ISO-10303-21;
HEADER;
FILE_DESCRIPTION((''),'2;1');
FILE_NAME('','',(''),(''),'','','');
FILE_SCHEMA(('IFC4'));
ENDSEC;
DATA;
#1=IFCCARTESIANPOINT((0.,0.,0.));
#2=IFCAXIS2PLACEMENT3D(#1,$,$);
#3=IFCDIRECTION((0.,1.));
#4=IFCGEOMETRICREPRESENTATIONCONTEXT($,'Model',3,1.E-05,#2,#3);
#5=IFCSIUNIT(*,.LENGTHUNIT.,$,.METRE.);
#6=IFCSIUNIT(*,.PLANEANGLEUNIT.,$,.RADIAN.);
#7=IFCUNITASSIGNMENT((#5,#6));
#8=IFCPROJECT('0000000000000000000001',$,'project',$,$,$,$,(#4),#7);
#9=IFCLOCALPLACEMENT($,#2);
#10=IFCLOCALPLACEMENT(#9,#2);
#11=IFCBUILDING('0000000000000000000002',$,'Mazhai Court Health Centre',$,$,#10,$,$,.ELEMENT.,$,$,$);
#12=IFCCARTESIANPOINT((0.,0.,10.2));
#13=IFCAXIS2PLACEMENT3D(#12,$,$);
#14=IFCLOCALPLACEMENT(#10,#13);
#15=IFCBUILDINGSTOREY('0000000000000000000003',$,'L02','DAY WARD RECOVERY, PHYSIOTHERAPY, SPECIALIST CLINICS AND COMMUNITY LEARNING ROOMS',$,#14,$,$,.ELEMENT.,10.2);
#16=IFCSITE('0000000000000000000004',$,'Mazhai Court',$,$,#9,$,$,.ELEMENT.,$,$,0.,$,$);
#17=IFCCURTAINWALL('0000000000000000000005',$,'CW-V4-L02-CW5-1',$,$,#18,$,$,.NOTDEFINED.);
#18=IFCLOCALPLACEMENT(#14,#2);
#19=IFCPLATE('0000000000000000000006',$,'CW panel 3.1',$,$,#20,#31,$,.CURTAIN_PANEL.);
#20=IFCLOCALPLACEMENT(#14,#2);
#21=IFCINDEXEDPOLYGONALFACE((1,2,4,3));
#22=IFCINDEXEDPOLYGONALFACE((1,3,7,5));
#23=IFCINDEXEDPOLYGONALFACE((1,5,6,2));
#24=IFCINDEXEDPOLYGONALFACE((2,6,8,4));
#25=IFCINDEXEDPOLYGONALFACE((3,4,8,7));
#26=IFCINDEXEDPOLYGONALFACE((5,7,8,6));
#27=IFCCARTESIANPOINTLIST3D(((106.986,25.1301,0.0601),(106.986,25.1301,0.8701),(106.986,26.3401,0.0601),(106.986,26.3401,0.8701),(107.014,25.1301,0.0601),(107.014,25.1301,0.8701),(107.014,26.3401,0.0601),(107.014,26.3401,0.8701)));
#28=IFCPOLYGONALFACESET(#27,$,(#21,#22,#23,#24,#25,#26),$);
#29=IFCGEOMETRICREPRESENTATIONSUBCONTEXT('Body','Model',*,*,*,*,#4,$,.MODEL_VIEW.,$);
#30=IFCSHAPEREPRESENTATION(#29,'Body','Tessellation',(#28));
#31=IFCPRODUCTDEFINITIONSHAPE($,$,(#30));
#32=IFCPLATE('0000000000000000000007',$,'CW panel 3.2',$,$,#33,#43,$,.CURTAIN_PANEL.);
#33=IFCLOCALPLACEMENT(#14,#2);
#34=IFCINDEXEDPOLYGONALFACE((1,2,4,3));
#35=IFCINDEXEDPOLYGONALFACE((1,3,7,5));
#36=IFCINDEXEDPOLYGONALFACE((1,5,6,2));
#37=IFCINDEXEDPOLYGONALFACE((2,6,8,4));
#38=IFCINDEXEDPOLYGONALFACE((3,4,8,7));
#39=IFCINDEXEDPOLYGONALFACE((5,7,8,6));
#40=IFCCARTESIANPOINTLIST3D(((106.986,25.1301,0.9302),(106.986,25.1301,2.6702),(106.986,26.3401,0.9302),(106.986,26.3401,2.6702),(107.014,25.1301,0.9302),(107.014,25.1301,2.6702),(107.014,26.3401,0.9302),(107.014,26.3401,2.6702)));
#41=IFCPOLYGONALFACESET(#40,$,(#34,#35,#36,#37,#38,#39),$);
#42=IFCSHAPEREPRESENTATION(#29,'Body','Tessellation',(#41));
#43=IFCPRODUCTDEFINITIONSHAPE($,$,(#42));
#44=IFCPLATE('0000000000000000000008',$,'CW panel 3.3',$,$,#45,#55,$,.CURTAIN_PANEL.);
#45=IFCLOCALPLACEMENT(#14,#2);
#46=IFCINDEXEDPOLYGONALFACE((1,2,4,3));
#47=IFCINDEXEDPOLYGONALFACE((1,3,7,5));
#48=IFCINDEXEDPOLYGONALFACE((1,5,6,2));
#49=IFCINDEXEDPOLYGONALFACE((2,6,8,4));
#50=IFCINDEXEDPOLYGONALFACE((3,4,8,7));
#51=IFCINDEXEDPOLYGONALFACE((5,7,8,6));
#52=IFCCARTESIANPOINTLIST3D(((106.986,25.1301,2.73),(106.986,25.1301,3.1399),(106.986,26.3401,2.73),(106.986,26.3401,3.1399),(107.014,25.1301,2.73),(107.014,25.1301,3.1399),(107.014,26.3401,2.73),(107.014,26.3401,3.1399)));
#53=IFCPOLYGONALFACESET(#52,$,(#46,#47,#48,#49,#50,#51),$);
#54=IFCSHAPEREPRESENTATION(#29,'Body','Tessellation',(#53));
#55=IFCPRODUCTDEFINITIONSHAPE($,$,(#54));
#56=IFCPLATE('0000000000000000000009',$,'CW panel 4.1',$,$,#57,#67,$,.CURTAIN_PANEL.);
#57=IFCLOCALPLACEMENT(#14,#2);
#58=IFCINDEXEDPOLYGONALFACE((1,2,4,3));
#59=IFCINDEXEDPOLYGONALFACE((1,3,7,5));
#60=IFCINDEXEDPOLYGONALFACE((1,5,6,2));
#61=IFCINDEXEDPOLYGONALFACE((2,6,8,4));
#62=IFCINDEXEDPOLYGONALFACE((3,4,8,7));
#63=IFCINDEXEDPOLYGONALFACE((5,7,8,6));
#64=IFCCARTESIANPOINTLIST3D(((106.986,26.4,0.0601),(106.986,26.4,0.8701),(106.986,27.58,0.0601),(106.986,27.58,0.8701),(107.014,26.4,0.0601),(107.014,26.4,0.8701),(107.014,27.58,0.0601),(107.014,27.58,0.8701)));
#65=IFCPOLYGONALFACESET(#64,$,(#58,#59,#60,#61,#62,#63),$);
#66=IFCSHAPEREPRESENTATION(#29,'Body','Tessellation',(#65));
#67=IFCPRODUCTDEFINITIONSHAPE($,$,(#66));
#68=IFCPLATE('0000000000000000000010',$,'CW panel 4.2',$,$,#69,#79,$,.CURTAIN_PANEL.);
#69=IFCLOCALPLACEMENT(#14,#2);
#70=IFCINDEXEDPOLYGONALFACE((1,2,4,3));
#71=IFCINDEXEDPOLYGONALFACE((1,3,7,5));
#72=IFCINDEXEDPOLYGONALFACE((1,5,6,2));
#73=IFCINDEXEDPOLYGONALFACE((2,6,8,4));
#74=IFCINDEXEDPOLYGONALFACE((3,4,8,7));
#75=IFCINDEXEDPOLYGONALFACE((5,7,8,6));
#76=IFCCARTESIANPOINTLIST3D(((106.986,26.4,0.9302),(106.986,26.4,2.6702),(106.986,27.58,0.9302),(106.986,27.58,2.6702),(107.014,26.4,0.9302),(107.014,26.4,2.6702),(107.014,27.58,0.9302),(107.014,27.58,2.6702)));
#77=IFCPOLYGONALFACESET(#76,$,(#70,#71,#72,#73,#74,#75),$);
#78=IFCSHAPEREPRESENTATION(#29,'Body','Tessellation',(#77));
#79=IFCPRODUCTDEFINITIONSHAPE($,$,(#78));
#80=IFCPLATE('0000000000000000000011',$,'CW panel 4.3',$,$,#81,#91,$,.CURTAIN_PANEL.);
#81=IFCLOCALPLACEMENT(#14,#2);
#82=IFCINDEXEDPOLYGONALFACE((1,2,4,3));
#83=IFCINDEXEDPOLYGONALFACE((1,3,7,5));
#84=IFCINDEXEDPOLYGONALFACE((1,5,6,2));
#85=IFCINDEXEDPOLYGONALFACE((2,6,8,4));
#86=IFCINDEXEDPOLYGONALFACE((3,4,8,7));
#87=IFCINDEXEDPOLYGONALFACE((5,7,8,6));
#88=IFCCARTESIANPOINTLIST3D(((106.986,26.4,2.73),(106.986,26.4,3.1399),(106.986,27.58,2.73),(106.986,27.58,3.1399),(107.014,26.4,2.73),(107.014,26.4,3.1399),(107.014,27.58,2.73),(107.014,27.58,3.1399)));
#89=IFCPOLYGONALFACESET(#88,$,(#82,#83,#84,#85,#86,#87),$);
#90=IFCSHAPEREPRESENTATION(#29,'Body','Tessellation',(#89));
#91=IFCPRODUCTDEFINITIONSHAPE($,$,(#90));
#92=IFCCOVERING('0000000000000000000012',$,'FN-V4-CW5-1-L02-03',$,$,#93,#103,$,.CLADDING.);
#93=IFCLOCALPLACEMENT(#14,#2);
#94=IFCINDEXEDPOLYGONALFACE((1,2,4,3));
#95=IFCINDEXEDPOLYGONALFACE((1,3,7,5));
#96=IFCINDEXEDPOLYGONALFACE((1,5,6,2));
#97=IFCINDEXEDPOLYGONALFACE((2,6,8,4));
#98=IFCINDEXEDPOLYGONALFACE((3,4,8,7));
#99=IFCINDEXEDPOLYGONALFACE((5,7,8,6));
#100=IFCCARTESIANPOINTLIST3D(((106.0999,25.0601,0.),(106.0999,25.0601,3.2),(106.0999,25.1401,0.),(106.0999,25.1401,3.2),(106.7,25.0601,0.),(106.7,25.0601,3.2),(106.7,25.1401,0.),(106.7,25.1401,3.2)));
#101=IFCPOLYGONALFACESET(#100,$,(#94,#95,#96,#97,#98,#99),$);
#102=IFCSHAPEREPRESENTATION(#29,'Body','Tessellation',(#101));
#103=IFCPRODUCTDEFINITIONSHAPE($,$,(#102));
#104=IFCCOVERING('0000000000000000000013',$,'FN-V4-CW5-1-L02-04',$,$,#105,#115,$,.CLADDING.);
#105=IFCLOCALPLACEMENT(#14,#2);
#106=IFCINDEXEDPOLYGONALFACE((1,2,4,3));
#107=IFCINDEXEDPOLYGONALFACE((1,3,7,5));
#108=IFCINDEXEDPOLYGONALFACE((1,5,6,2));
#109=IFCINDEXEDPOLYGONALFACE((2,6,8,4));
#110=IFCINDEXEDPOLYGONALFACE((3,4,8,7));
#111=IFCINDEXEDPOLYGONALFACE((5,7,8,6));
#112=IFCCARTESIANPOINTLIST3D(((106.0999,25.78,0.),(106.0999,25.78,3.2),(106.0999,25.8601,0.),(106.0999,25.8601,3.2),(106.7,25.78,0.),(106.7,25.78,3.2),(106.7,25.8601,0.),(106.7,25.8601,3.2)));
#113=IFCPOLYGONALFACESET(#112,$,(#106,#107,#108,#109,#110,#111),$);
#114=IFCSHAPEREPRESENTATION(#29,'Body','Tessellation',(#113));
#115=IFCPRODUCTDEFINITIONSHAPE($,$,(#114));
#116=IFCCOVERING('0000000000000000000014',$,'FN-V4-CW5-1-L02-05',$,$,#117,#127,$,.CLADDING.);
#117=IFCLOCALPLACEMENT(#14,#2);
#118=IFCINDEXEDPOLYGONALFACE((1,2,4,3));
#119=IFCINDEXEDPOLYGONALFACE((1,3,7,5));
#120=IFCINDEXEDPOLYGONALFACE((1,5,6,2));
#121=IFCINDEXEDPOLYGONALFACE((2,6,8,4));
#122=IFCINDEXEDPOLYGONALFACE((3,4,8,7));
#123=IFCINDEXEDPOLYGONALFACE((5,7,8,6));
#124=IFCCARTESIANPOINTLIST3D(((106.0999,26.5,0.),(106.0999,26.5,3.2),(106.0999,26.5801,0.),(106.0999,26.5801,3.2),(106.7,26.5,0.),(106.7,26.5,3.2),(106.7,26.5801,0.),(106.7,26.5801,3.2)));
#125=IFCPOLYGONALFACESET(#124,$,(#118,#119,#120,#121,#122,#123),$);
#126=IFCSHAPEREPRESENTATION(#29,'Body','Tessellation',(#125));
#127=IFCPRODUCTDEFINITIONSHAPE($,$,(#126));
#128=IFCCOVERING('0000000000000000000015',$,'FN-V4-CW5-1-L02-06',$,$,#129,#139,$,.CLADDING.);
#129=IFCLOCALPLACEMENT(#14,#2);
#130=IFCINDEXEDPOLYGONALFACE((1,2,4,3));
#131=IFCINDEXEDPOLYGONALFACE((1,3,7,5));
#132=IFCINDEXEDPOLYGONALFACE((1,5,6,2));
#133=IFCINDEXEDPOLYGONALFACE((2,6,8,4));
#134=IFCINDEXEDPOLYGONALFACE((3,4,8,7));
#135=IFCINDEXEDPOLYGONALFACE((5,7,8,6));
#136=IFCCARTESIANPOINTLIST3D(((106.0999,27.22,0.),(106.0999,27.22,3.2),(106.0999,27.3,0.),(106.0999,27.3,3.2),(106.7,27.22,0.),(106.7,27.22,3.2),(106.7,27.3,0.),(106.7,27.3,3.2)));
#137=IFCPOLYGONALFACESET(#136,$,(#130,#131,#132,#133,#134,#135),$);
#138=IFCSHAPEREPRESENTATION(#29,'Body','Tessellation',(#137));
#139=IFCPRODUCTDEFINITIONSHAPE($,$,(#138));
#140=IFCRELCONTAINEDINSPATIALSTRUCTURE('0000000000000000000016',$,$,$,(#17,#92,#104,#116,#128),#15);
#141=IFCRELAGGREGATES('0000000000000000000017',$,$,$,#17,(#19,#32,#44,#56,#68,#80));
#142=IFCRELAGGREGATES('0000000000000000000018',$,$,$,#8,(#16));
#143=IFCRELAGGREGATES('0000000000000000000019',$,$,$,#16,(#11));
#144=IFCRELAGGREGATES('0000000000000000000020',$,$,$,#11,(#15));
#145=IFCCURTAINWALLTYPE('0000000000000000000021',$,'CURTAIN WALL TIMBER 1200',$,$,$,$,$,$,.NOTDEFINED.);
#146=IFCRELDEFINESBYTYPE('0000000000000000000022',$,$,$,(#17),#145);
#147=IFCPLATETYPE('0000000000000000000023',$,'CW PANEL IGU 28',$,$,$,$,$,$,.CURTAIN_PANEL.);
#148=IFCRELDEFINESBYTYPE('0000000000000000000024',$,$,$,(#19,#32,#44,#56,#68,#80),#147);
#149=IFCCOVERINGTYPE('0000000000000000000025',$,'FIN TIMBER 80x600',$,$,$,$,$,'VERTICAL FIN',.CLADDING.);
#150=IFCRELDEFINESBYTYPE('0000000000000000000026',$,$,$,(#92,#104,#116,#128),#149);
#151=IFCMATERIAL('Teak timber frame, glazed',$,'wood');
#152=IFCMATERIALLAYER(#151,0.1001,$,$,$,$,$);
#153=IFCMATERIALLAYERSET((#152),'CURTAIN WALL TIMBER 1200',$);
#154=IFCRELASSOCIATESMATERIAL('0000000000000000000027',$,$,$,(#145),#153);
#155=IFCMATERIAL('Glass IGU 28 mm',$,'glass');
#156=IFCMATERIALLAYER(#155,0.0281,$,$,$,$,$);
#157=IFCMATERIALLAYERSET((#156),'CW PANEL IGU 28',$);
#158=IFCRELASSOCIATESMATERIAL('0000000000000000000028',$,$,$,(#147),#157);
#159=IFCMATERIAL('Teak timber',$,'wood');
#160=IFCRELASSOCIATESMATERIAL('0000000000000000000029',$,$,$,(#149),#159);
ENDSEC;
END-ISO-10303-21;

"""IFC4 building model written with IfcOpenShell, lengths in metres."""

from ifc_helpers import new_model, si_unit, direction, frame, origin, origin_2d, place, context, subcontext, project, spatial, rectangle, extrude, material, layer, layer_set, type_object, element, aggregate, save


model = new_model("IFC4")

# Units and contexts
model_context = context("Model", 3, precision=1e-05, world=origin(), true_north=direction((0.0, 1.0)))
body_context = subcontext(model_context, "Body", "Model", "MODEL_VIEW")
ifc_project = project(units=[si_unit("LENGTHUNIT", "METRE"), si_unit("PLANEANGLEUNIT", "RADIAN")], contexts=[model_context])

# Site, building, storey
site_placement = place(None, origin())
site = spatial("IfcSite", under=ifc_project, at=site_placement, Name="Mazhai Court", CompositionType="ELEMENT", RefElevation=0.0)
building_placement = place(site_placement, origin())
building = spatial("IfcBuilding", under=site, at=building_placement, Name="Mazhai Court Health Centre", CompositionType="ELEMENT")
storey_placement = place(building_placement, frame((0.0, 0.0, 10.2)))
storey = spatial("IfcBuildingStorey", under=building, at=storey_placement, Name="L02", Description="DAY WARD RECOVERY, PHYSIOTHERAPY, SPECIALIST CLINICS AND COMMUNITY LEARNING ROOMS", CompositionType="ELEMENT", Elevation=10.2)

# Curtain wall, plates
ifc_material_1 = material(Name="Teak timber frame, glazed", Category="wood")
ifc_layer_1 = layer(ifc_material_1, 0.1001)
ifc_layer_set_1 = layer_set([ifc_layer_1], Name="CURTAIN WALL TIMBER 1200")
curtain_wall_type = type_object("IfcCurtainWallType", Name="CURTAIN WALL TIMBER 1200", PredefinedType="NOTDEFINED", material=ifc_layer_set_1)
curtain_wall_placement = place(storey_placement, origin())
curtain_wall = element("IfcCurtainWall", 1, at=curtain_wall_placement, inside=storey, type_object=curtain_wall_type, Name="CW-V4-L02-CW5-1", PredefinedType="NOTDEFINED")
ifc_material_2 = material(Name="Glass IGU 28 mm", Category="glass")
ifc_layer_2 = layer(ifc_material_2, 0.0281)
ifc_layer_set_2 = layer_set([ifc_layer_2], Name="CW PANEL IGU 28")
plate_type = type_object("IfcPlateType", Name="CW PANEL IGU 28", PredefinedType="CURTAIN_PANEL", material=ifc_layer_set_2)
plate_1_placement = place(storey_placement, frame((107.0, 25.7351, 0.0601), z_axis=(0.0, 0.0, 1.0), x_axis=(0.0, 1.0, 0.0)))
plate_1 = element("IfcPlate", 2, at=plate_1_placement, type_object=plate_type, Name="CW panel 3.1", PredefinedType="CURTAIN_PANEL", context=body_context, shape_type="SweptSolid", body=[
    extrude(rectangle(XDim=1.21, YDim=0.0281, at=origin_2d()), origin(), (0.0, 0.0, 1.0), 0.8101),
])
plate_2_placement = place(storey_placement, frame((107.0, 25.7351, 0.9302), z_axis=(0.0, 0.0, 1.0), x_axis=(0.0, 1.0, 0.0)))
plate_2 = element("IfcPlate", 3, at=plate_2_placement, type_object=plate_type, Name="CW panel 3.2", PredefinedType="CURTAIN_PANEL", context=body_context, shape_type="SweptSolid", body=[
    extrude(rectangle(XDim=1.21, YDim=0.0281, at=origin_2d()), origin(), (0.0, 0.0, 1.0), 1.74),
])
plate_3_placement = place(storey_placement, frame((107.0, 25.7351, 2.73), z_axis=(0.0, 0.0, 1.0), x_axis=(0.0, 1.0, 0.0)))
plate_3 = element("IfcPlate", 4, at=plate_3_placement, type_object=plate_type, Name="CW panel 3.3", PredefinedType="CURTAIN_PANEL", context=body_context, shape_type="SweptSolid", body=[
    extrude(rectangle(XDim=1.21, YDim=0.0281, at=origin_2d()), origin(), (0.0, 0.0, 1.0), 0.4099),
])
plate_4_placement = place(storey_placement, frame((107.0, 26.99, 0.0601), z_axis=(0.0, 0.0, 1.0), x_axis=(0.0, 1.0, 0.0)))
plate_4 = element("IfcPlate", 5, at=plate_4_placement, type_object=plate_type, Name="CW panel 4.1", PredefinedType="CURTAIN_PANEL", context=body_context, shape_type="SweptSolid", body=[
    extrude(rectangle(XDim=1.1799, YDim=0.0281, at=origin_2d()), origin(), (0.0, 0.0, 1.0), 0.8101),
])
plate_5_placement = place(storey_placement, frame((107.0, 26.99, 0.9302), z_axis=(0.0, 0.0, 1.0), x_axis=(0.0, 1.0, 0.0)))
plate_5 = element("IfcPlate", 6, at=plate_5_placement, type_object=plate_type, Name="CW panel 4.2", PredefinedType="CURTAIN_PANEL", context=body_context, shape_type="SweptSolid", body=[
    extrude(rectangle(XDim=1.1799, YDim=0.0281, at=origin_2d()), origin(), (0.0, 0.0, 1.0), 1.74),
])
plate_6_placement = place(storey_placement, frame((107.0, 26.99, 2.73), z_axis=(0.0, 0.0, 1.0), x_axis=(0.0, 1.0, 0.0)))
plate_6 = element("IfcPlate", 7, at=plate_6_placement, type_object=plate_type, Name="CW panel 4.3", PredefinedType="CURTAIN_PANEL", context=body_context, shape_type="SweptSolid", body=[
    extrude(rectangle(XDim=1.1799, YDim=0.0281, at=origin_2d()), origin(), (0.0, 0.0, 1.0), 0.4099),
])
aggregate(curtain_wall, [plate_1, plate_2, plate_3, plate_4, plate_5, plate_6])

# Coverings
ifc_material_3 = material(Name="Teak timber", Category="wood")
covering_type = type_object("IfcCoveringType", Name="FIN TIMBER 80x600", ElementType="VERTICAL FIN", PredefinedType="CLADDING", material=ifc_material_3)
for number, where, z_axis, x_axis, name in (
    (8, (106.3999, 25.1001, 0.0), (0.0, 0.0, 1.0), (0.0, 1.0, 0.0), "FN-V4-CW5-1-L02-03"),
    (9, (106.3999, 25.8201, 0.0), (0.0, 0.0, 1.0), (0.0, 1.0, 0.0), "FN-V4-CW5-1-L02-04"),
    (10, (106.3999, 26.54, 0.0), (0.0, 0.0, 1.0), (0.0, 1.0, 0.0), "FN-V4-CW5-1-L02-05"),
    (11, (106.3999, 27.26, 0.0), (0.0, 0.0, 1.0), (0.0, 1.0, 0.0), "FN-V4-CW5-1-L02-06"),
):
    element("IfcCovering", number, at=place(storey_placement, frame(where, z_axis=z_axis, x_axis=x_axis)), inside=storey, type_object=covering_type, Name=name, PredefinedType="CLADDING", context=body_context, shape_type="SweptSolid", body=[
        extrude(rectangle(XDim=0.0801, YDim=0.6001, at=origin_2d()), origin(), (0.0, 0.0, 1.0), 3.2),
    ])

save(model, "model.ifc")
